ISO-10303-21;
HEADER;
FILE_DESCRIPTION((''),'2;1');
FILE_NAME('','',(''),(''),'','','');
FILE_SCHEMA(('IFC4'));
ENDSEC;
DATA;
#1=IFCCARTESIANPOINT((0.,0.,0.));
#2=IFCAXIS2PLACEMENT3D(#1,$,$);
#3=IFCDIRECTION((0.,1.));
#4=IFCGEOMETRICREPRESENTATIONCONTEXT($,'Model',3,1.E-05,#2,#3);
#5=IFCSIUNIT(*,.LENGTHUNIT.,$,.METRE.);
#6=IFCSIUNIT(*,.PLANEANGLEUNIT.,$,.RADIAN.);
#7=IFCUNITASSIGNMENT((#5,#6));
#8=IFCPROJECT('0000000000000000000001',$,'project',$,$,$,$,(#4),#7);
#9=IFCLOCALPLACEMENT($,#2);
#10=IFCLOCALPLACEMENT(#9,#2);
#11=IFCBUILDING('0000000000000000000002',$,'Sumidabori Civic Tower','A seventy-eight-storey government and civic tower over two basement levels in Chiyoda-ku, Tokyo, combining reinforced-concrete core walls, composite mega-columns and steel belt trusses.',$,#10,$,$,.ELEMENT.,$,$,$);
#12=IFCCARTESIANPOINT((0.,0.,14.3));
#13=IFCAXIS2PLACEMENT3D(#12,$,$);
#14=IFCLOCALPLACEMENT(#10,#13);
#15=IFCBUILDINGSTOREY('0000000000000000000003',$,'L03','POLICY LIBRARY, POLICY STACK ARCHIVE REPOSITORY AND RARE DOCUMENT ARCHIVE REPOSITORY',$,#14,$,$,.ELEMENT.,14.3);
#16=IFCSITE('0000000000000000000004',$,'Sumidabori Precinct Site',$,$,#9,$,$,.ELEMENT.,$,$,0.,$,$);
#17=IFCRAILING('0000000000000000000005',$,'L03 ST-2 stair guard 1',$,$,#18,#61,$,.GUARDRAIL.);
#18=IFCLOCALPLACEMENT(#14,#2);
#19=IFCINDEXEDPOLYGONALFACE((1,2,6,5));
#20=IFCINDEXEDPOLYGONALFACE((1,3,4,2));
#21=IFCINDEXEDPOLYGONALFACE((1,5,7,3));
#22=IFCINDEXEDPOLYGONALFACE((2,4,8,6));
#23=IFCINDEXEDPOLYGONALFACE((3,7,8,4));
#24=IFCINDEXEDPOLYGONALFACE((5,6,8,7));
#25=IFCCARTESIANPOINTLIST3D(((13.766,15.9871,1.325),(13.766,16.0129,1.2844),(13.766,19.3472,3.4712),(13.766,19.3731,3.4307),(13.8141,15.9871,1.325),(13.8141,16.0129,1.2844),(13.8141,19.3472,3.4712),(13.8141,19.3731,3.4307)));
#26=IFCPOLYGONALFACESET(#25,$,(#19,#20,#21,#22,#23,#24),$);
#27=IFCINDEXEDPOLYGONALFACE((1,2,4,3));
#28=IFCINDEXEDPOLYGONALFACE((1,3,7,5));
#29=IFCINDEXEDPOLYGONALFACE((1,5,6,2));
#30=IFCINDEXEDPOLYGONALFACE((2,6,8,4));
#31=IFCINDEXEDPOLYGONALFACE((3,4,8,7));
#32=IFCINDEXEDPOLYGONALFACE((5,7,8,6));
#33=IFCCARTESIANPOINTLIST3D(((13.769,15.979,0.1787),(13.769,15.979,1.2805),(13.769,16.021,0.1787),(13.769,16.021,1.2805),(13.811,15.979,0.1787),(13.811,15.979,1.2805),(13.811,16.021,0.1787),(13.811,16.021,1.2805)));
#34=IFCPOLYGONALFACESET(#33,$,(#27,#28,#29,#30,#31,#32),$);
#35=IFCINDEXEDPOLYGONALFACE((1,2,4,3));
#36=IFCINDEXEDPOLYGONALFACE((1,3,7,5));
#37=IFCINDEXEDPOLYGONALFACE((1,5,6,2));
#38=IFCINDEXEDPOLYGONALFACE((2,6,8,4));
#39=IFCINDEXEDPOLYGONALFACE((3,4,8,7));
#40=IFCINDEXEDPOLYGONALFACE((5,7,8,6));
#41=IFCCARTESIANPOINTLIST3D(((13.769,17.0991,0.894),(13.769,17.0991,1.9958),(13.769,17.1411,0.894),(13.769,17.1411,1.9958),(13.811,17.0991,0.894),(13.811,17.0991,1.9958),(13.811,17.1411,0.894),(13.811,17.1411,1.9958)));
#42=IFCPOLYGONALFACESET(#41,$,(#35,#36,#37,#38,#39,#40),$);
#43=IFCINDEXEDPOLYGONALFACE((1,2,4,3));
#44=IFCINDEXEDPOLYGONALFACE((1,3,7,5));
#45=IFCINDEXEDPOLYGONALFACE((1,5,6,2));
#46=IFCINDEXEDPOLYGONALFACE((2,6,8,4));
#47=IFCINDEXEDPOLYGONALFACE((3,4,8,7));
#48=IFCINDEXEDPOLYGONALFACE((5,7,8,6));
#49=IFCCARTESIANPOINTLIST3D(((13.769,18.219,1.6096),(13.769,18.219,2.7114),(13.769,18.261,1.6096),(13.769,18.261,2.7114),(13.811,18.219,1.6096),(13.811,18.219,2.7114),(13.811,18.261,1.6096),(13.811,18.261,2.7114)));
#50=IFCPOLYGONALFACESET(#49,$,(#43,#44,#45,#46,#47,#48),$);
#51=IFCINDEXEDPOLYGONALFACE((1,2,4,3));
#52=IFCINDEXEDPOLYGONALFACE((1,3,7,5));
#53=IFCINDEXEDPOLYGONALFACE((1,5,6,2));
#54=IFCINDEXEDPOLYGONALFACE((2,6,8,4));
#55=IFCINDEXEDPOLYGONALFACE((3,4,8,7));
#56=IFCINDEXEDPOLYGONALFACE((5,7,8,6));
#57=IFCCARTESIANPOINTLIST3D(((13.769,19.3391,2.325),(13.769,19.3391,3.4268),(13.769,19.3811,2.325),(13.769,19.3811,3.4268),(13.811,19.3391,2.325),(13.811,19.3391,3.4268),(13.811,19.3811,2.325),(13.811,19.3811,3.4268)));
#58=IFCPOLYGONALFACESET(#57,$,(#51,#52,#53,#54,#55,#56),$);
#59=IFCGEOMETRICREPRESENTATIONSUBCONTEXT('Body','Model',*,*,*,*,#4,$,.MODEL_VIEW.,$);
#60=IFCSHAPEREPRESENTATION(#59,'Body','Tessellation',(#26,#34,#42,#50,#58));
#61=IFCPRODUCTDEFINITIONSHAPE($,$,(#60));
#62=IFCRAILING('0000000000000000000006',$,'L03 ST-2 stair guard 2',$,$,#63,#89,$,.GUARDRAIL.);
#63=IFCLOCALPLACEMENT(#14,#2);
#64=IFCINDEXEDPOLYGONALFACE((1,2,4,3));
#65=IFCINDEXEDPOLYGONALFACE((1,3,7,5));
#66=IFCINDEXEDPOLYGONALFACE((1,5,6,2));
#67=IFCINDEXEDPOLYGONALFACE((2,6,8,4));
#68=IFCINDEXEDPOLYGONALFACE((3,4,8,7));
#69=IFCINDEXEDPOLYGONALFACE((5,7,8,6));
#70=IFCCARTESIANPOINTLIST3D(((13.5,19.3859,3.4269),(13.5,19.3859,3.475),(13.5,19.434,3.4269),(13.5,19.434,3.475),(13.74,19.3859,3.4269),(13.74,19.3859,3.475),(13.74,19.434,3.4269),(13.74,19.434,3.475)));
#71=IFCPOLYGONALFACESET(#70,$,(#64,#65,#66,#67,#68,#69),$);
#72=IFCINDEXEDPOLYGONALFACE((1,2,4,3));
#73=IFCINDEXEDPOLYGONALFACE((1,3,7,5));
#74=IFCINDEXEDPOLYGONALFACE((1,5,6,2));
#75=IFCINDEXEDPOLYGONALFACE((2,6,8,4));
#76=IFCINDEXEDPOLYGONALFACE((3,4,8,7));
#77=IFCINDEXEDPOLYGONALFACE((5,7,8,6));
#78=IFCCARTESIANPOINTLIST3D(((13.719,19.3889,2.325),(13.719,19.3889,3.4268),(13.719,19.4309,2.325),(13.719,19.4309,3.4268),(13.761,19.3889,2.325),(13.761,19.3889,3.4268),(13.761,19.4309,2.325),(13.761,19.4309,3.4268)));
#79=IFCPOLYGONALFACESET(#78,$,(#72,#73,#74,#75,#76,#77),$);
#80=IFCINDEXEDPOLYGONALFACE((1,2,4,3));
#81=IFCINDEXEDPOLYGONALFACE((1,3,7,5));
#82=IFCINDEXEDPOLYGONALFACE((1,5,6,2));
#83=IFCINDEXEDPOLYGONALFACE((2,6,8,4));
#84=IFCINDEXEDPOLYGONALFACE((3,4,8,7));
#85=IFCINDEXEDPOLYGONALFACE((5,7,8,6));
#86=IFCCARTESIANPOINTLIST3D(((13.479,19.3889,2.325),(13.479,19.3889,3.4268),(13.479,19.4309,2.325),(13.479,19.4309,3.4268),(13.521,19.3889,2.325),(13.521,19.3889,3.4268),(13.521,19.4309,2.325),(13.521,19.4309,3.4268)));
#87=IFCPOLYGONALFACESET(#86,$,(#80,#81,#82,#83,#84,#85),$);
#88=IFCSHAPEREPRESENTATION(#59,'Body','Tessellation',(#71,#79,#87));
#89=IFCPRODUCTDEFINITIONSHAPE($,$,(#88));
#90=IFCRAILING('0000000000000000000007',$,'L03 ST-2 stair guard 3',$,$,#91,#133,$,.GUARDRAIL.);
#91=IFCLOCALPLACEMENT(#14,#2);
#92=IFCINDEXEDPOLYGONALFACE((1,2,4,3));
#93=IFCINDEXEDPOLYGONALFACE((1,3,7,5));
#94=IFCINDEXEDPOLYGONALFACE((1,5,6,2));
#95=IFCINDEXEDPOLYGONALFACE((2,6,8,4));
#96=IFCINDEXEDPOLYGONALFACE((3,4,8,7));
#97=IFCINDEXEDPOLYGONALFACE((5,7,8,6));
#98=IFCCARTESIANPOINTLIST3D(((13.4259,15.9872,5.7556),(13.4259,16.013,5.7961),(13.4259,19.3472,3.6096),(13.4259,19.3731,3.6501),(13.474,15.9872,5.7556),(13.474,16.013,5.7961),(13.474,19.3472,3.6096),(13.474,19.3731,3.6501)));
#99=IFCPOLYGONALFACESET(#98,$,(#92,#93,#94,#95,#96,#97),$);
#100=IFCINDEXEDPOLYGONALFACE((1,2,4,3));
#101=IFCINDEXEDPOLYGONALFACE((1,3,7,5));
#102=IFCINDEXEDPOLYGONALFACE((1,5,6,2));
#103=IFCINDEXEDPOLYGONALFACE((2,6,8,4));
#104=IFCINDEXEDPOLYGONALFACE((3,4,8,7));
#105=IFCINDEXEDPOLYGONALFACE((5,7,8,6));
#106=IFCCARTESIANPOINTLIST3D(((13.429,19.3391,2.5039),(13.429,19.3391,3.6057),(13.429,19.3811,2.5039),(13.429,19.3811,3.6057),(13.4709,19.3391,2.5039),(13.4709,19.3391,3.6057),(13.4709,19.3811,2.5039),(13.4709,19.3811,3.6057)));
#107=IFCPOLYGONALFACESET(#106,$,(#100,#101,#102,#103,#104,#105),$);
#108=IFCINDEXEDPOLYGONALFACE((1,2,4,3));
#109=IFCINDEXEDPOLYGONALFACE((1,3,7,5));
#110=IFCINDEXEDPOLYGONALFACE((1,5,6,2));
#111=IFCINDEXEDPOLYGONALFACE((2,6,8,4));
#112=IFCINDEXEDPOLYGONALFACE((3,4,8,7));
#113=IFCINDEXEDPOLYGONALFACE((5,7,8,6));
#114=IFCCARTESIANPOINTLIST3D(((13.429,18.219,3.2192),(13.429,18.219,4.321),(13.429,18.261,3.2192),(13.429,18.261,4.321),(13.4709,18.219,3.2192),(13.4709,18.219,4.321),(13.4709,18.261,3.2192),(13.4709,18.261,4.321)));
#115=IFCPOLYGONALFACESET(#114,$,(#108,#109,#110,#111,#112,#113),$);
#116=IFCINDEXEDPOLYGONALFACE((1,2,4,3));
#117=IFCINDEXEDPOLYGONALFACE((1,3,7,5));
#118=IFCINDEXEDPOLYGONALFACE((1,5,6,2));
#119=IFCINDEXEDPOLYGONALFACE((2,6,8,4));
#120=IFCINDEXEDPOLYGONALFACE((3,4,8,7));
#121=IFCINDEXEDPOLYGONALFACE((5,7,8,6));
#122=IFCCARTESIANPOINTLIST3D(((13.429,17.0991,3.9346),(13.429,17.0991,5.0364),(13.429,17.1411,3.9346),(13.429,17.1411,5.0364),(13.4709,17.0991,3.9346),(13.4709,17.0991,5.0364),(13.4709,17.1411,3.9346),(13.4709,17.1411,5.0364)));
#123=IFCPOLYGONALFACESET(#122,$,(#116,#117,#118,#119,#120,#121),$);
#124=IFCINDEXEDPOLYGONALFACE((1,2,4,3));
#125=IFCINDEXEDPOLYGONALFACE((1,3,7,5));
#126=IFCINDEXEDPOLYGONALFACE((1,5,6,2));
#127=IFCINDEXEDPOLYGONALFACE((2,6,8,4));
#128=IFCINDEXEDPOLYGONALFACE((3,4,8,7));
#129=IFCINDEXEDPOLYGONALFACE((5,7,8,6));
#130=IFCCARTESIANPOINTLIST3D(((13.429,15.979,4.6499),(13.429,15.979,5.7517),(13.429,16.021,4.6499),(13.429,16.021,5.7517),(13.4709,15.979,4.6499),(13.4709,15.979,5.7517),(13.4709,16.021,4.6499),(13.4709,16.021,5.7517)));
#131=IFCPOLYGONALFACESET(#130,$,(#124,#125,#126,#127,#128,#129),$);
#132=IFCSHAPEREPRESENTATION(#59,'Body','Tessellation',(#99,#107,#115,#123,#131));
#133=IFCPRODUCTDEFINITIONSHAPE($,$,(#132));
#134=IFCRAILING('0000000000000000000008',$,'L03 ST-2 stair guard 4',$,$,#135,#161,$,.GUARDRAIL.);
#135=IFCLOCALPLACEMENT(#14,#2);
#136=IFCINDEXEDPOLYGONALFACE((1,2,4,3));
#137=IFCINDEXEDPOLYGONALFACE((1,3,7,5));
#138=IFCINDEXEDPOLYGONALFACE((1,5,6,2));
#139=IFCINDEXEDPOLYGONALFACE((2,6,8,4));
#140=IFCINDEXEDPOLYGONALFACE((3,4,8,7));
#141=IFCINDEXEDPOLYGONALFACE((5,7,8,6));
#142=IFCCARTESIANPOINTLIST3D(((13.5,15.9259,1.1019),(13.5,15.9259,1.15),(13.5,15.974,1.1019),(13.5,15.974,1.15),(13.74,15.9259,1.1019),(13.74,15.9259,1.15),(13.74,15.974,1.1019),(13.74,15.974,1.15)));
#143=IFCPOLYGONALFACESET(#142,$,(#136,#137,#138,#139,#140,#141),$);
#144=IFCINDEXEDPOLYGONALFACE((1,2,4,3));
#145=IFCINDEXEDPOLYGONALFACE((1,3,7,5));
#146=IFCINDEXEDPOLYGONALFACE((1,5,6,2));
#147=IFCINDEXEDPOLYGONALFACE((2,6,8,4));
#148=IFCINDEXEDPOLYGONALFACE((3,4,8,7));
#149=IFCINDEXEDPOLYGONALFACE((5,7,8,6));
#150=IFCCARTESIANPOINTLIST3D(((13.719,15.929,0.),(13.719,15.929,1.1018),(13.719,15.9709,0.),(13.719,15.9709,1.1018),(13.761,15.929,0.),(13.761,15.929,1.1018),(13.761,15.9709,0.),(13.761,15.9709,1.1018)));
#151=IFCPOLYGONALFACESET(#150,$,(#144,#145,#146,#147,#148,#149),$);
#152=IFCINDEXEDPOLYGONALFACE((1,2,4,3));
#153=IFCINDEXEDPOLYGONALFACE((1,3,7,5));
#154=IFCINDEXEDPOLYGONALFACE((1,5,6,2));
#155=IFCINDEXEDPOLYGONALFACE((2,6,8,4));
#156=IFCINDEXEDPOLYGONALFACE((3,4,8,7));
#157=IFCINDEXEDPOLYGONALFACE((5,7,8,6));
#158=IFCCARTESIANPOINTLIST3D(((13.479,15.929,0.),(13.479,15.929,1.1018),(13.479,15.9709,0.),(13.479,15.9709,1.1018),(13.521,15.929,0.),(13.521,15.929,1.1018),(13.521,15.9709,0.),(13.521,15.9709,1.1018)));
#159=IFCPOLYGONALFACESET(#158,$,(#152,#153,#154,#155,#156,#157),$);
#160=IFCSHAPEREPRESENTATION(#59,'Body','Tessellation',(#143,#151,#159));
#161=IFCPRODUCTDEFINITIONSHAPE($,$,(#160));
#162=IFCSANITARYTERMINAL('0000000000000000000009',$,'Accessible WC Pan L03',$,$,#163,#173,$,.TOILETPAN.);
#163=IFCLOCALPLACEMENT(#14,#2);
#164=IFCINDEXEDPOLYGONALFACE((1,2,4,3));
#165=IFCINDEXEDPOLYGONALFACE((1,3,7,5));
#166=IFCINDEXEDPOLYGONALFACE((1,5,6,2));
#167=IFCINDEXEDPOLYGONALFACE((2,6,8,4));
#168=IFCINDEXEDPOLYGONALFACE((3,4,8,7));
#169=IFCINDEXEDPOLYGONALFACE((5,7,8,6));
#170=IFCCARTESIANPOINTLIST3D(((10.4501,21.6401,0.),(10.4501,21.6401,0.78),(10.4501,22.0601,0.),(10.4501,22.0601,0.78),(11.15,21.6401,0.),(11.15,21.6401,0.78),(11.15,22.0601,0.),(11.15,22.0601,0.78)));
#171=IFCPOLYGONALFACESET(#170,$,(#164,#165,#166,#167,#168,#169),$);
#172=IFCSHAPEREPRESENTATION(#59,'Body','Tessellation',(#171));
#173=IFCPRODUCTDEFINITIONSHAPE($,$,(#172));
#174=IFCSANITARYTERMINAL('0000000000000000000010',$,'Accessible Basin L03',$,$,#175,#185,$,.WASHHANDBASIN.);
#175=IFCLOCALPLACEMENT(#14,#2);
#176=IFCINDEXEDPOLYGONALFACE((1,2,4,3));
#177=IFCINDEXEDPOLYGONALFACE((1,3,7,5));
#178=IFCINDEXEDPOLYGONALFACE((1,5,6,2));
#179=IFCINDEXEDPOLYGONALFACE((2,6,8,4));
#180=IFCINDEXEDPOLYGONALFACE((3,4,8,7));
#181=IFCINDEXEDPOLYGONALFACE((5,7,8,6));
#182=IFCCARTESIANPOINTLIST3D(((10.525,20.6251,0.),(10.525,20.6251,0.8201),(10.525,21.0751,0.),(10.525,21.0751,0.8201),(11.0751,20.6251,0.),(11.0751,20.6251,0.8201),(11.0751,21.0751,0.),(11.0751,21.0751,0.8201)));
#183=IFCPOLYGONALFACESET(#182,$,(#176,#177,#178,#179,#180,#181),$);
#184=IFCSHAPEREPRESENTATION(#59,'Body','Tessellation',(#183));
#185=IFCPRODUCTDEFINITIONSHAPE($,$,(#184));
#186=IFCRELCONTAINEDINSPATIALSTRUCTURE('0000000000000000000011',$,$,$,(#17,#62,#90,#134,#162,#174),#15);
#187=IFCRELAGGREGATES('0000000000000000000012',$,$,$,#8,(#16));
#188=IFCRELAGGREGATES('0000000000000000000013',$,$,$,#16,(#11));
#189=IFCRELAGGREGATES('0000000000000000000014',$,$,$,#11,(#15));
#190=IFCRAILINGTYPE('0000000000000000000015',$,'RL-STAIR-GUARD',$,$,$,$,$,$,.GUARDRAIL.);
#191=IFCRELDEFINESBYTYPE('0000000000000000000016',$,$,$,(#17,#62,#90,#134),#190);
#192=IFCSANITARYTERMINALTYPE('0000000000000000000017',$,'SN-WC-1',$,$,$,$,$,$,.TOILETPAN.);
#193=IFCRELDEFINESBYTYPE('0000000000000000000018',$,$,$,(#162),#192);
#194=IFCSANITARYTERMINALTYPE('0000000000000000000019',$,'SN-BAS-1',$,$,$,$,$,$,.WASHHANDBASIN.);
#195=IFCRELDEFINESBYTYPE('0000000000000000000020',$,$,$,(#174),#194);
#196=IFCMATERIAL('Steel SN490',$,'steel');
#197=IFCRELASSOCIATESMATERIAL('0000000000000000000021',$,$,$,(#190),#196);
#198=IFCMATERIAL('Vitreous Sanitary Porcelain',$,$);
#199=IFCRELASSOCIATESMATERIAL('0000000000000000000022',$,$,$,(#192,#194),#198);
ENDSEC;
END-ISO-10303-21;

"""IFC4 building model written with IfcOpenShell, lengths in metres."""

from ifc_helpers import new_model, si_unit, direction, frame, origin, origin_2d, place, context, subcontext, project, spatial, rectangle, extrude, source, transform, mapped, material, type_object, element, save


model = new_model("IFC4")

# Units and contexts
model_context = context("Model", 3, precision=1e-05, world=origin(), true_north=direction((0.0, 1.0)))
body_context = subcontext(model_context, "Body", "Model", "MODEL_VIEW")
ifc_project = project(units=[si_unit("LENGTHUNIT", "METRE"), si_unit("PLANEANGLEUNIT", "RADIAN")], contexts=[model_context])

# Site, building, storey
site_placement = place(None, origin())
site = spatial("IfcSite", under=ifc_project, at=site_placement, Name="Sumidabori Precinct Site", CompositionType="ELEMENT", RefElevation=0.0)
building_placement = place(site_placement, origin())
building = spatial("IfcBuilding", under=site, at=building_placement, Name="Sumidabori Civic Tower", Description="A seventy-eight-storey government and civic tower over two basement levels in Chiyoda-ku, Tokyo, combining reinforced-concrete core walls, composite mega-columns and steel belt trusses.", CompositionType="ELEMENT")
storey_placement = place(building_placement, frame((0.0, 0.0, 14.3)))
storey = spatial("IfcBuildingStorey", under=building, at=storey_placement, Name="L03", Description="POLICY LIBRARY, POLICY STACK ARCHIVE REPOSITORY AND RARE DOCUMENT ARCHIVE REPOSITORY", CompositionType="ELEMENT", Elevation=14.3)

# Shared definitions
ifc_material_1 = material(Name="Steel SN490", Category="steel")

# Railings
railing_type_1 = type_object("IfcRailingType", Name="RL-STAIR-GUARD", PredefinedType="GUARDRAIL", material=ifc_material_1)
railing_1_placement = place(storey_placement, frame((13.79, 16.0, 0.1787)))
element("IfcRailing", 1, at=railing_1_placement, inside=storey, type_object=railing_type_1, Name="L03 ST-2 stair guard 1", PredefinedType="GUARDRAIL", context=body_context, shape_type="SweptSolid", body=[
    extrude(rectangle(XDim=0.0481, YDim=0.0481, at=origin_2d()), frame((0.0, 0.0, 1.126), z_axis=(0.0, 0.842753, 0.538301), x_axis=(-1.0, 0.0, 0.0)), (0.0, 0.0, 1.0), 3.9871),
    extrude(rectangle(XDim=0.042, YDim=0.042, at=origin_2d()), origin(), (0.0, 0.0, 1.0), 1.1018),
    extrude(rectangle(XDim=0.042, YDim=0.042, at=origin_2d()), frame((0.0, 1.1201, 0.7153)), (0.0, 0.0, 1.0), 1.1018),
    extrude(rectangle(XDim=0.042, YDim=0.042, at=origin_2d()), frame((0.0, 2.24, 1.4309)), (0.0, 0.0, 1.0), 1.1018),
    extrude(rectangle(XDim=0.042, YDim=0.042, at=origin_2d()), frame((0.0, 3.3601, 2.1462)), (0.0, 0.0, 1.0), 1.1018),
])
railing_2_placement = place(storey_placement, frame((13.74, 19.4099, 2.325)))
element("IfcRailing", 2, at=railing_2_placement, inside=storey, type_object=railing_type_1, Name="L03 ST-2 stair guard 2", PredefinedType="GUARDRAIL", context=body_context, shape_type="SweptSolid", body=[
    extrude(rectangle(XDim=0.0481, YDim=0.0481, at=origin_2d()), frame((0.0, 0.0, 1.126), z_axis=(-1.0, 0.0, 0.0), x_axis=(0.0, -1.0, 0.0)), (0.0, 0.0, 1.0), 0.24),
    extrude(rectangle(XDim=0.042, YDim=0.042, at=origin_2d()), origin(), (0.0, 0.0, 1.0), 1.1018),
    extrude(rectangle(XDim=0.042, YDim=0.042, at=origin_2d()), frame((-0.24, 0.0, 0.0)), (0.0, 0.0, 1.0), 1.1018),
])
railing_3_placement = place(storey_placement, frame((13.45, 19.3601, 2.5039)))
element("IfcRailing", 3, at=railing_3_placement, inside=storey, type_object=railing_type_1, Name="L03 ST-2 stair guard 3", PredefinedType="GUARDRAIL", context=body_context, shape_type="SweptSolid", body=[
    extrude(rectangle(XDim=0.0481, YDim=0.0481, at=origin_2d()), frame((0.0, 0.0, 1.126), z_axis=(0.0, -0.84278, 0.538258), x_axis=(1.0, 0.0, 0.0)), (0.0, 0.0, 1.0), 3.9868),
    extrude(rectangle(XDim=0.042, YDim=0.042, at=origin_2d()), origin(), (0.0, 0.0, 1.0), 1.1018),
    extrude(rectangle(XDim=0.042, YDim=0.042, at=origin_2d()), frame((0.0, -1.1201, 0.7153)), (0.0, 0.0, 1.0), 1.1018),
    extrude(rectangle(XDim=0.042, YDim=0.042, at=origin_2d()), frame((0.0, -2.24, 1.4307)), (0.0, 0.0, 1.0), 1.1018),
    extrude(rectangle(XDim=0.042, YDim=0.042, at=origin_2d()), frame((0.0, -3.3601, 2.146)), (0.0, 0.0, 1.0), 1.1018),
])
railing_4_placement = place(storey_placement, frame((13.74, 15.95, 0.0)))
element("IfcRailing", 4, at=railing_4_placement, inside=storey, type_object=railing_type_1, Name="L03 ST-2 stair guard 4", PredefinedType="GUARDRAIL", context=body_context, shape_type="SweptSolid", body=[
    extrude(rectangle(XDim=0.0481, YDim=0.0481, at=origin_2d()), frame((0.0, 0.0, 1.126), z_axis=(-1.0, 0.0, 0.0), x_axis=(0.0, -1.0, 0.0)), (0.0, 0.0, 1.0), 0.24),
    extrude(rectangle(XDim=0.042, YDim=0.042, at=origin_2d()), origin(), (0.0, 0.0, 1.0), 1.1018),
    extrude(rectangle(XDim=0.042, YDim=0.042, at=origin_2d()), frame((-0.24, 0.0, 0.0)), (0.0, 0.0, 1.0), 1.1018),
])

# Sanitary terminals
ifc_material_2 = material(Name="Vitreous Sanitary Porcelain")
sanitary_terminal_type_1 = type_object("IfcSanitaryTerminalType", Name="SN-WC-1", PredefinedType="TOILETPAN", material=ifc_material_2)
shared_shape_1 = source(origin(), body_context, "Body", "SweptSolid", [
    extrude(rectangle(XDim=0.7, YDim=0.4199, at=origin_2d()), origin(), (0.0, 0.0, 1.0), 0.78),
])
sanitary_terminal_1_placement = place(storey_placement, frame((10.8, 21.8501, 0.0), z_axis=(0.0, 0.0, 1.0), x_axis=(1.0, 0.0, 0.0)))
element("IfcSanitaryTerminal", 5, at=sanitary_terminal_1_placement, inside=storey, type_object=sanitary_terminal_type_1, Name="Accessible WC Pan L03", PredefinedType="TOILETPAN", context=body_context, shape_type="MappedRepresentation", body=[
    mapped(shared_shape_1, transform((0.0, 0.0, 0.0), x_axis=(1.0, 0.0, 0.0), y_axis=(0.0, 1.0, 0.0), z_axis=(0.0, 0.0, 1.0), scale=1.0)),
])
sanitary_terminal_type_2 = type_object("IfcSanitaryTerminalType", Name="SN-BAS-1", PredefinedType="WASHHANDBASIN", material=ifc_material_2)
shared_shape_2 = source(origin(), body_context, "Body", "SweptSolid", [
    extrude(rectangle(XDim=0.55, YDim=0.45, at=origin_2d()), origin(), (0.0, 0.0, 1.0), 0.8201),
])
sanitary_terminal_2_placement = place(storey_placement, frame((10.8, 20.8501, 0.0), z_axis=(0.0, 0.0, 1.0), x_axis=(1.0, 0.0, 0.0)))
element("IfcSanitaryTerminal", 6, at=sanitary_terminal_2_placement, inside=storey, type_object=sanitary_terminal_type_2, Name="Accessible Basin L03", PredefinedType="WASHHANDBASIN", context=body_context, shape_type="MappedRepresentation", body=[
    mapped(shared_shape_2, transform((0.0, 0.0, 0.0), x_axis=(1.0, 0.0, 0.0), y_axis=(0.0, 1.0, 0.0), z_axis=(0.0, 0.0, 1.0), scale=1.0)),
])

save(model, "model.ifc")
